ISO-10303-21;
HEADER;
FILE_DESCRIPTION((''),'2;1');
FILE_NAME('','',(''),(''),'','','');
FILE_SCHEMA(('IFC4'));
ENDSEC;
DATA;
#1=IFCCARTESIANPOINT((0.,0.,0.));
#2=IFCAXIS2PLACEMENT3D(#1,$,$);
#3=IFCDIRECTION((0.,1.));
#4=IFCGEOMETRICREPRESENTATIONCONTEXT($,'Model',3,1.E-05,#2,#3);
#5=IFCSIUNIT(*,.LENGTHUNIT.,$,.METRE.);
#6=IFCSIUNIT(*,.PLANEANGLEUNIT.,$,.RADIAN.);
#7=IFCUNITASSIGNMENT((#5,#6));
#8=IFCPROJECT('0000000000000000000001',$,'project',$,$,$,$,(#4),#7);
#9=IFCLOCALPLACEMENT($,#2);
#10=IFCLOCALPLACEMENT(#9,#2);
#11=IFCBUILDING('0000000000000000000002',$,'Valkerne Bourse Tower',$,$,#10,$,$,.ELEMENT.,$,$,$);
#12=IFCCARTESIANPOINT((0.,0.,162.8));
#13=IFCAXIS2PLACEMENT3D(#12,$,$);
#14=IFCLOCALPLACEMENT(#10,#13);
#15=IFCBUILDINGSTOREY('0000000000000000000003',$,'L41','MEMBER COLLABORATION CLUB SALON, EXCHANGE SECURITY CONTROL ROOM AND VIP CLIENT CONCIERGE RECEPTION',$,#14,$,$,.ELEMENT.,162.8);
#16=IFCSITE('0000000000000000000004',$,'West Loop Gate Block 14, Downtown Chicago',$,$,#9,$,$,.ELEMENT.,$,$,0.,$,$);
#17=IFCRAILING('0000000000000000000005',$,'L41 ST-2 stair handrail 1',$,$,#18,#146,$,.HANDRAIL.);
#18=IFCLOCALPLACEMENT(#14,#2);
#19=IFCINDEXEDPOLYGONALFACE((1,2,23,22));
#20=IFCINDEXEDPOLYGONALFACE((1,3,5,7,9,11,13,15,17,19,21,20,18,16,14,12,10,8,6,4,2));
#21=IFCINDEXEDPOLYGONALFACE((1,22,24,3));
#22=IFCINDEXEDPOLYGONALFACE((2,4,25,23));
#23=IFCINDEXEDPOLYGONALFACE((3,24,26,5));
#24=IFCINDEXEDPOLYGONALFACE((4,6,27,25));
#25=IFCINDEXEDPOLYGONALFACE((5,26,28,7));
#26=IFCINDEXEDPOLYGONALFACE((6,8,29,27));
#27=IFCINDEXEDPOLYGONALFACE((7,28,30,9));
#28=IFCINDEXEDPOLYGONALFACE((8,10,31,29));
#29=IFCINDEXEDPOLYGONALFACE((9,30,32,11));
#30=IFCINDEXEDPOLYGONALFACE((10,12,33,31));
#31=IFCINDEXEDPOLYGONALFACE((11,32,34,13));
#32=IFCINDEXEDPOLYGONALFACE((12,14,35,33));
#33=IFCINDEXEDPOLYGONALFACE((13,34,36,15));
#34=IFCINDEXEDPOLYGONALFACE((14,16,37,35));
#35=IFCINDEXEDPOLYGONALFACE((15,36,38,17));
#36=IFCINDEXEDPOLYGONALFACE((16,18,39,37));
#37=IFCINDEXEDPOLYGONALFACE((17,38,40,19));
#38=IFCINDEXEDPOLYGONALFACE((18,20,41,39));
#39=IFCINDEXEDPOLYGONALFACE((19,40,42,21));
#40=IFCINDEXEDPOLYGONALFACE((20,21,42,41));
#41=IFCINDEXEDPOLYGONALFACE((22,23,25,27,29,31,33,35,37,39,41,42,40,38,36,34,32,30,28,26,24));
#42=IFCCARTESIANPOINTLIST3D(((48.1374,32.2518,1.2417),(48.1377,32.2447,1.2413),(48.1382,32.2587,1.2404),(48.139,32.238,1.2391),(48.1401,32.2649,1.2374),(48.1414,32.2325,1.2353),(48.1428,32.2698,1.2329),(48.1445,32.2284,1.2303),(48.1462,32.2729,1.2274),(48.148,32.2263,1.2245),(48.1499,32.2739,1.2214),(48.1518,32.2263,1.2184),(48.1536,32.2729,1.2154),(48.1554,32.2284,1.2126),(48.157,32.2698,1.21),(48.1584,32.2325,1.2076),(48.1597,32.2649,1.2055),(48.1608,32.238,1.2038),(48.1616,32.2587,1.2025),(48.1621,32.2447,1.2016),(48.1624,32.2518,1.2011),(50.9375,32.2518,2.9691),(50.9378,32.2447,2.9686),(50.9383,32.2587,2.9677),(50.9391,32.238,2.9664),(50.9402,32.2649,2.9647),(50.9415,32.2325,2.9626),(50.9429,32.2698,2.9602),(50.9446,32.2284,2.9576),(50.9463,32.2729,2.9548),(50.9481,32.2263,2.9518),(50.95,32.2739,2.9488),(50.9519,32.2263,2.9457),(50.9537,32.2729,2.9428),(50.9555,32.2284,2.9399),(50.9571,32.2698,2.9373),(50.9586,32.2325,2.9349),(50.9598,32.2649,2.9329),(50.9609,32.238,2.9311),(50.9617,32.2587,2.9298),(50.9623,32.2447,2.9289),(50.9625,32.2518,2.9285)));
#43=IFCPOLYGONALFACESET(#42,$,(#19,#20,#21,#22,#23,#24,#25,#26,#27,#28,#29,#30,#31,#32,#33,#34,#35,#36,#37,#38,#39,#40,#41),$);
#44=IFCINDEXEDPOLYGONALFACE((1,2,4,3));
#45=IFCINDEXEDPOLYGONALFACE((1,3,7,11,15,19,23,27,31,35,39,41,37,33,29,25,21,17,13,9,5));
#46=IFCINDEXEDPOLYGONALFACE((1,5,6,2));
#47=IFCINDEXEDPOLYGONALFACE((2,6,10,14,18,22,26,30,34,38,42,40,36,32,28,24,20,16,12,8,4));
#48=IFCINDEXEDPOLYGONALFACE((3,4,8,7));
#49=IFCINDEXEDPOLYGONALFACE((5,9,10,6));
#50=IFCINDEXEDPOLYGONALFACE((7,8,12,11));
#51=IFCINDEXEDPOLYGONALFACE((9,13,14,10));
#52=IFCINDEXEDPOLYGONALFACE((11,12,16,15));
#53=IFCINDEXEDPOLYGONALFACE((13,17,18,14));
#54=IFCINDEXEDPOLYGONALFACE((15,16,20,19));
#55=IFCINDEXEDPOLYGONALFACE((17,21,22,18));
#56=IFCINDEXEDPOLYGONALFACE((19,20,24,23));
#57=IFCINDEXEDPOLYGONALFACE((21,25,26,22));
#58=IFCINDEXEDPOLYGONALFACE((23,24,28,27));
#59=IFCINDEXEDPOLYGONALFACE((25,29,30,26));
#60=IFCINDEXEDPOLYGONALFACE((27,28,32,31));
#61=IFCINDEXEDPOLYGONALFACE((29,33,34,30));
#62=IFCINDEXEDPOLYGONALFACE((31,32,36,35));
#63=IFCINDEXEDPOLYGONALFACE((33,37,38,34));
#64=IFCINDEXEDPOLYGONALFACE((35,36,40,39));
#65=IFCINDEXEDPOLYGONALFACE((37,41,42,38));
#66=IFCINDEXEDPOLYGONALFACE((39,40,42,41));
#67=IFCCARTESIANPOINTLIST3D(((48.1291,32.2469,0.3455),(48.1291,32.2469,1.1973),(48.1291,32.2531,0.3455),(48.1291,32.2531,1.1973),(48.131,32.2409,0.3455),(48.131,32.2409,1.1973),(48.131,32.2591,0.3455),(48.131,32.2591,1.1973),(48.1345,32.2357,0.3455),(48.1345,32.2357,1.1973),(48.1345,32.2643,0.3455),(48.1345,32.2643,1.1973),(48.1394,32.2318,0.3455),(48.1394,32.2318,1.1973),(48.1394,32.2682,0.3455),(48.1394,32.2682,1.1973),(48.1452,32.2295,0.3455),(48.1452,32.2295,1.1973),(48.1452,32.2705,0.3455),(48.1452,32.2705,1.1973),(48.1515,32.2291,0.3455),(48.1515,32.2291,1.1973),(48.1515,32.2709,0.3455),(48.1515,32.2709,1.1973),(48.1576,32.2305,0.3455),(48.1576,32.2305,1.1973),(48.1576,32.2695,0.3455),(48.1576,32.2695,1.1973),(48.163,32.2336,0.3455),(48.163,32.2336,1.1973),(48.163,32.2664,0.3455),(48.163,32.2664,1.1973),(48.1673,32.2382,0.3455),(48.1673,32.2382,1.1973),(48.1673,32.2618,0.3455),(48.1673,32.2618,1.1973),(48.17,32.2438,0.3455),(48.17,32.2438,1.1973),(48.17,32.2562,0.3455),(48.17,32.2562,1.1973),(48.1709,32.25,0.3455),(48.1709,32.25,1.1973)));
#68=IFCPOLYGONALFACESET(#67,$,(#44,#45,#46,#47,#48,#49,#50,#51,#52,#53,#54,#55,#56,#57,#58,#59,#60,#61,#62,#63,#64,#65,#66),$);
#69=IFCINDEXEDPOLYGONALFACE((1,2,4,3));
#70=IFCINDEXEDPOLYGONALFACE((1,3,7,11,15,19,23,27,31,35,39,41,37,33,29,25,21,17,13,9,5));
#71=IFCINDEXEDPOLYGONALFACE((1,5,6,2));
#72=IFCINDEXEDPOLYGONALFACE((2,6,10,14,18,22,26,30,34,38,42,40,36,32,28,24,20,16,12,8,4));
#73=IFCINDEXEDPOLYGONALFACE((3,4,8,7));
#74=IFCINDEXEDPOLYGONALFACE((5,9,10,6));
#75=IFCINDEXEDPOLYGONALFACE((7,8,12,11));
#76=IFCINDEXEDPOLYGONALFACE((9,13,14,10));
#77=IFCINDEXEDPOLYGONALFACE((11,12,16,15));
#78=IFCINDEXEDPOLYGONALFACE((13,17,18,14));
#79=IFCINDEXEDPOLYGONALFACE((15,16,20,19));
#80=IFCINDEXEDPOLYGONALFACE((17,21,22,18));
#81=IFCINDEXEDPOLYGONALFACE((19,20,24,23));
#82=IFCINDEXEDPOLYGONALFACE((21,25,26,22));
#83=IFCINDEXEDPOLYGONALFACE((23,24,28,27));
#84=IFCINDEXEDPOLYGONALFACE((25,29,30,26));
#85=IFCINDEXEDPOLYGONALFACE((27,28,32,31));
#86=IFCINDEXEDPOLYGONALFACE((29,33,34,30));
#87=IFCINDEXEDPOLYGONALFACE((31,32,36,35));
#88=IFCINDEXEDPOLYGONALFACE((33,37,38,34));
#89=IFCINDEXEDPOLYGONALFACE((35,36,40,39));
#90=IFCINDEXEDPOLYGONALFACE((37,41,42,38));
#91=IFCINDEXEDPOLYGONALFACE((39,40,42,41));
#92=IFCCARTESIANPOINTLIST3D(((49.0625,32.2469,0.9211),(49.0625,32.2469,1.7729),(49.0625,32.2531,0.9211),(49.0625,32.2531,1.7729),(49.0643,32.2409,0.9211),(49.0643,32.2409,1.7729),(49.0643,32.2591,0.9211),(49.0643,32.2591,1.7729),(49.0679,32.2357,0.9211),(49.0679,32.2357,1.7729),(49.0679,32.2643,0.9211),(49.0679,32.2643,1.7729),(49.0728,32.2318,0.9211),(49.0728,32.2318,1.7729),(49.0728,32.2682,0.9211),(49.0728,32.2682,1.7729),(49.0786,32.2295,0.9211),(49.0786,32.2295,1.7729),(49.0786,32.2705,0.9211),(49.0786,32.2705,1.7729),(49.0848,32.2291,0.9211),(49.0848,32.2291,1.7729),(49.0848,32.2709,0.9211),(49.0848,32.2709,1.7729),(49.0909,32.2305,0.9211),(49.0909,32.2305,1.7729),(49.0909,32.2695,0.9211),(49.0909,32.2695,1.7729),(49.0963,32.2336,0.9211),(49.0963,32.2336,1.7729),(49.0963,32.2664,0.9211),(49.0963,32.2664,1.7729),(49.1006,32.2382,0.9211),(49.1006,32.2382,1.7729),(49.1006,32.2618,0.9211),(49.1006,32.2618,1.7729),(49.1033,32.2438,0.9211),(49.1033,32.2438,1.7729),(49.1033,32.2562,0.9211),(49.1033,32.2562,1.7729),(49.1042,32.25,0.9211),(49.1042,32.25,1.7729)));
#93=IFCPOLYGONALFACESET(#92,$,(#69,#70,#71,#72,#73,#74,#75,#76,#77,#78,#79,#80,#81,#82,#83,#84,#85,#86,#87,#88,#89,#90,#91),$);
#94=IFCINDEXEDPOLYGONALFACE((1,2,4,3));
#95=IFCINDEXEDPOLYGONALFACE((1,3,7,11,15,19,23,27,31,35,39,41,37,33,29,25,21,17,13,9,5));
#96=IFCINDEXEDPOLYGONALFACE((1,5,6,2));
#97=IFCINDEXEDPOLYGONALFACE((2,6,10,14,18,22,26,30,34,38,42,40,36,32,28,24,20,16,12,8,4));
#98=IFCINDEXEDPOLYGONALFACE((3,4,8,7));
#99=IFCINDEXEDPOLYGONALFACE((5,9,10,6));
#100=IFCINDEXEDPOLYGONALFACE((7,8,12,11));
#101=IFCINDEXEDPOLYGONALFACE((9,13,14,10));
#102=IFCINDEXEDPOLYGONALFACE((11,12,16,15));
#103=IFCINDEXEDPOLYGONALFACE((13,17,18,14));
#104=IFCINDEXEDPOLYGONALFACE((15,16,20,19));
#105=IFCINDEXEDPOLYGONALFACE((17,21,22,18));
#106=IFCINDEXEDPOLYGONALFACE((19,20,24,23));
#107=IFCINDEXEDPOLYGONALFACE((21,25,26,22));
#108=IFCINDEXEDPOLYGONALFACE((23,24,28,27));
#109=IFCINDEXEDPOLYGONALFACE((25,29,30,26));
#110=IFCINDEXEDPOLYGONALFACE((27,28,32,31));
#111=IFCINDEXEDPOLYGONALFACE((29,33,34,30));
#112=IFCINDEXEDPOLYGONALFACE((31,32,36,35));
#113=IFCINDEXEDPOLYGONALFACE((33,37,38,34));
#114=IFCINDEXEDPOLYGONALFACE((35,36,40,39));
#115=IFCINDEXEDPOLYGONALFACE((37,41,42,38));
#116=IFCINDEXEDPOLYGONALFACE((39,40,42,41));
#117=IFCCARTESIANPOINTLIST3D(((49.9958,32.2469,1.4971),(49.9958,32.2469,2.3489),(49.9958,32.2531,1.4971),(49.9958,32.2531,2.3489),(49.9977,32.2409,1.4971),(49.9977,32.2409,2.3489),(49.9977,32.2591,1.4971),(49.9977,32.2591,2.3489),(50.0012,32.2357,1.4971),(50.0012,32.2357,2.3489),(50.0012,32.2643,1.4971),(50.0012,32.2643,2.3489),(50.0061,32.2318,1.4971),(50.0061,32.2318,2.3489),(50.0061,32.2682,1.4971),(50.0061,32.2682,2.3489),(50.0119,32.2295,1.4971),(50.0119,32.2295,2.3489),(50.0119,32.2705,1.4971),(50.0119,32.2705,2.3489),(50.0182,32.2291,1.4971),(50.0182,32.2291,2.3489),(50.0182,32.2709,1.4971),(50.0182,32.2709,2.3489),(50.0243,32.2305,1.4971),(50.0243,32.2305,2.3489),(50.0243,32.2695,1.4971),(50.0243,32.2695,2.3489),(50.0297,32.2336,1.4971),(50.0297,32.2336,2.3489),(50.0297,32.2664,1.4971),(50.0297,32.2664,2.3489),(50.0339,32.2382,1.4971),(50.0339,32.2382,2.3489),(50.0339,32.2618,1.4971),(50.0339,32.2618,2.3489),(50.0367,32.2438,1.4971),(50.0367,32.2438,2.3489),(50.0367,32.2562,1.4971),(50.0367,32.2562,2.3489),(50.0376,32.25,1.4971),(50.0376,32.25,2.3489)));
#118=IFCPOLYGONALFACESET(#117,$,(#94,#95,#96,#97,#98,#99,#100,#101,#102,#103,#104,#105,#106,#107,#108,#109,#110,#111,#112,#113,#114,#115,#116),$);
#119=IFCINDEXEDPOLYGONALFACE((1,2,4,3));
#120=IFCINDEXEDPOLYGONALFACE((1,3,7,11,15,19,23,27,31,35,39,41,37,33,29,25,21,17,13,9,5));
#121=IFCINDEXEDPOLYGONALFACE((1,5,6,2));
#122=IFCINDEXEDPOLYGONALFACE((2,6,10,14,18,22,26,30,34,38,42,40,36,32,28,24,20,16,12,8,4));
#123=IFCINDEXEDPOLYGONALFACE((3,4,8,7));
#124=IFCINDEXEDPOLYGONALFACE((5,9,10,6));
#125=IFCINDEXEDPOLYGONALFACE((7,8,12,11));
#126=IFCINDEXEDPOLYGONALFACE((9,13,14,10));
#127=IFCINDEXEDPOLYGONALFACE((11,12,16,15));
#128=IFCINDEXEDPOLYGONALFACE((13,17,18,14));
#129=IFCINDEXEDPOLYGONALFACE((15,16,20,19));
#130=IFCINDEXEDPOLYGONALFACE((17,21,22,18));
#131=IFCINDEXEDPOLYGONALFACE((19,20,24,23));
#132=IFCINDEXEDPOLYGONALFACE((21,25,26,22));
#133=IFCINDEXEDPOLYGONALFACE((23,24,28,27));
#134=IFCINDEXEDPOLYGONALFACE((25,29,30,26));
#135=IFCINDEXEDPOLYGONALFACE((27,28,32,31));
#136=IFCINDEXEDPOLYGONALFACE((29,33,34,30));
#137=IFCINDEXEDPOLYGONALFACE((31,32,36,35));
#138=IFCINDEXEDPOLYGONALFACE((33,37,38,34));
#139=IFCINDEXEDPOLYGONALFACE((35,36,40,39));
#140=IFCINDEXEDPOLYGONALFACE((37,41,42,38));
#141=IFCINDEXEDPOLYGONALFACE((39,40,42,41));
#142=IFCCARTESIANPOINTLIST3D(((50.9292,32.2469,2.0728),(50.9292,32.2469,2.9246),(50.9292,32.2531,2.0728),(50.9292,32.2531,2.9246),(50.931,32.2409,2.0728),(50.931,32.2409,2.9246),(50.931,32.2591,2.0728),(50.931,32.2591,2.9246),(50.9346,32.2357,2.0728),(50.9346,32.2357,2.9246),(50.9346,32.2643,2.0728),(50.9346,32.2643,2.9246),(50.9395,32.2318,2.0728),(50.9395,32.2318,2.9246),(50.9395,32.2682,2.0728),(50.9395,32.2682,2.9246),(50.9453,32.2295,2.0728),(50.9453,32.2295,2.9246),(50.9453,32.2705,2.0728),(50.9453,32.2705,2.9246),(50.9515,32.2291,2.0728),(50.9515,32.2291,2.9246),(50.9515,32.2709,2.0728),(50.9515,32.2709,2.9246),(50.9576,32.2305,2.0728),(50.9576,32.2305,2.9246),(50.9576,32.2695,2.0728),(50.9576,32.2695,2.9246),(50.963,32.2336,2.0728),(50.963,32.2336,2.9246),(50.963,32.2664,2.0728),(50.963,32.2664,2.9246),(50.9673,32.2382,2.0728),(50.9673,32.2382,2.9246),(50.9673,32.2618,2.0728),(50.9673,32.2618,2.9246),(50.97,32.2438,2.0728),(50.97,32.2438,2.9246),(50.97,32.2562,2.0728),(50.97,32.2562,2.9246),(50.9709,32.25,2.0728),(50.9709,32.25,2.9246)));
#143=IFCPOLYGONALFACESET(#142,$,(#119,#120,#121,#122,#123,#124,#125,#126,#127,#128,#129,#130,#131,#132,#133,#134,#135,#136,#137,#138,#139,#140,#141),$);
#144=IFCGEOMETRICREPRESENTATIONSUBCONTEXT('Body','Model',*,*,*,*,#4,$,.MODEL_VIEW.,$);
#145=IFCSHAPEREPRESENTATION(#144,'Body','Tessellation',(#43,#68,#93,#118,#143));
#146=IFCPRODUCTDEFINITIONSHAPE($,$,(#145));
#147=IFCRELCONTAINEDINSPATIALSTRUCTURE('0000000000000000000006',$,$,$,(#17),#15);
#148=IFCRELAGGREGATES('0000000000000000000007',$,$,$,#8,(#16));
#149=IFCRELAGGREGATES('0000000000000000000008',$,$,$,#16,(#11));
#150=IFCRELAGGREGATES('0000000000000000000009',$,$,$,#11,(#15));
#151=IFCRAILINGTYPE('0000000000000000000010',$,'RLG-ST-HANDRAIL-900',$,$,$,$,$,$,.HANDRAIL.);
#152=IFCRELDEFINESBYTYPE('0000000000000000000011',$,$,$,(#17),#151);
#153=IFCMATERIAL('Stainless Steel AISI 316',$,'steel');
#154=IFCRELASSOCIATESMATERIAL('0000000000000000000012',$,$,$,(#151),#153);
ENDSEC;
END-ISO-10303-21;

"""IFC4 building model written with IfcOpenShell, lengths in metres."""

from ifc_helpers import new_model, si_unit, direction, frame, origin, origin_2d, place, context, subcontext, project, spatial, circle, extrude, material, type_object, element, save


model = new_model("IFC4")

# Units and contexts
model_context = context("Model", 3, precision=1e-05, world=origin(), true_north=direction((0.0, 1.0)))
body_context = subcontext(model_context, "Body", "Model", "MODEL_VIEW")
ifc_project = project(units=[si_unit("LENGTHUNIT", "METRE"), si_unit("PLANEANGLEUNIT", "RADIAN")], contexts=[model_context])

# Site, building, storey
site_placement = place(None, origin())
site = spatial("IfcSite", under=ifc_project, at=site_placement, Name="West Loop Gate Block 14, Downtown Chicago", CompositionType="ELEMENT", RefElevation=0.0)
building_placement = place(site_placement, origin())
building = spatial("IfcBuilding", under=site, at=building_placement, Name="Valkerne Bourse Tower", CompositionType="ELEMENT")
storey_placement = place(building_placement, frame((0.0, 0.0, 162.8)))
storey = spatial("IfcBuildingStorey", under=building, at=storey_placement, Name="L41", Description="MEMBER COLLABORATION CLUB SALON, EXCHANGE SECURITY CONTROL ROOM AND VIP CLIENT CONCIERGE RECEPTION", CompositionType="ELEMENT", Elevation=162.8)

# Shared definitions
ifc_material_1 = material(Name="Stainless Steel AISI 316", Category="steel")

# Railing
railing_type_1 = type_object("IfcRailingType", Name="RLG-ST-HANDRAIL-900", PredefinedType="HANDRAIL", material=ifc_material_1)
railing_1_placement = place(storey_placement, frame((48.1499, 32.25, 0.3455)))
element("IfcRailing", 1, at=railing_1_placement, inside=storey, type_object=railing_type_1, Name="L41 ST-2 stair handrail 1", PredefinedType="HANDRAIL", context=body_context, shape_type="SweptSolid", body=[
    extrude(circle(Radius=0.0239, at=origin_2d()), frame((0.0, 0.0, 0.876), z_axis=(0.85109, 0.0, 0.52502), x_axis=(0.0, 1.0, 0.0)), (0.0, 0.0, 1.0), 3.29),
    extrude(circle(Radius=0.021, at=origin_2d()), origin(), (0.0, 0.0, 1.0), 0.8518),
    extrude(circle(Radius=0.021, at=origin_2d()), frame((0.9333, 0.0, 0.5757)), (0.0, 0.0, 1.0), 0.8518),
    extrude(circle(Radius=0.021, at=origin_2d()), frame((1.8667, 0.0, 1.1516)), (0.0, 0.0, 1.0), 0.8518),
    extrude(circle(Radius=0.021, at=origin_2d()), frame((2.8, 0.0, 1.7273)), (0.0, 0.0, 1.0), 0.8518),
])

save(model, "model.ifc")
